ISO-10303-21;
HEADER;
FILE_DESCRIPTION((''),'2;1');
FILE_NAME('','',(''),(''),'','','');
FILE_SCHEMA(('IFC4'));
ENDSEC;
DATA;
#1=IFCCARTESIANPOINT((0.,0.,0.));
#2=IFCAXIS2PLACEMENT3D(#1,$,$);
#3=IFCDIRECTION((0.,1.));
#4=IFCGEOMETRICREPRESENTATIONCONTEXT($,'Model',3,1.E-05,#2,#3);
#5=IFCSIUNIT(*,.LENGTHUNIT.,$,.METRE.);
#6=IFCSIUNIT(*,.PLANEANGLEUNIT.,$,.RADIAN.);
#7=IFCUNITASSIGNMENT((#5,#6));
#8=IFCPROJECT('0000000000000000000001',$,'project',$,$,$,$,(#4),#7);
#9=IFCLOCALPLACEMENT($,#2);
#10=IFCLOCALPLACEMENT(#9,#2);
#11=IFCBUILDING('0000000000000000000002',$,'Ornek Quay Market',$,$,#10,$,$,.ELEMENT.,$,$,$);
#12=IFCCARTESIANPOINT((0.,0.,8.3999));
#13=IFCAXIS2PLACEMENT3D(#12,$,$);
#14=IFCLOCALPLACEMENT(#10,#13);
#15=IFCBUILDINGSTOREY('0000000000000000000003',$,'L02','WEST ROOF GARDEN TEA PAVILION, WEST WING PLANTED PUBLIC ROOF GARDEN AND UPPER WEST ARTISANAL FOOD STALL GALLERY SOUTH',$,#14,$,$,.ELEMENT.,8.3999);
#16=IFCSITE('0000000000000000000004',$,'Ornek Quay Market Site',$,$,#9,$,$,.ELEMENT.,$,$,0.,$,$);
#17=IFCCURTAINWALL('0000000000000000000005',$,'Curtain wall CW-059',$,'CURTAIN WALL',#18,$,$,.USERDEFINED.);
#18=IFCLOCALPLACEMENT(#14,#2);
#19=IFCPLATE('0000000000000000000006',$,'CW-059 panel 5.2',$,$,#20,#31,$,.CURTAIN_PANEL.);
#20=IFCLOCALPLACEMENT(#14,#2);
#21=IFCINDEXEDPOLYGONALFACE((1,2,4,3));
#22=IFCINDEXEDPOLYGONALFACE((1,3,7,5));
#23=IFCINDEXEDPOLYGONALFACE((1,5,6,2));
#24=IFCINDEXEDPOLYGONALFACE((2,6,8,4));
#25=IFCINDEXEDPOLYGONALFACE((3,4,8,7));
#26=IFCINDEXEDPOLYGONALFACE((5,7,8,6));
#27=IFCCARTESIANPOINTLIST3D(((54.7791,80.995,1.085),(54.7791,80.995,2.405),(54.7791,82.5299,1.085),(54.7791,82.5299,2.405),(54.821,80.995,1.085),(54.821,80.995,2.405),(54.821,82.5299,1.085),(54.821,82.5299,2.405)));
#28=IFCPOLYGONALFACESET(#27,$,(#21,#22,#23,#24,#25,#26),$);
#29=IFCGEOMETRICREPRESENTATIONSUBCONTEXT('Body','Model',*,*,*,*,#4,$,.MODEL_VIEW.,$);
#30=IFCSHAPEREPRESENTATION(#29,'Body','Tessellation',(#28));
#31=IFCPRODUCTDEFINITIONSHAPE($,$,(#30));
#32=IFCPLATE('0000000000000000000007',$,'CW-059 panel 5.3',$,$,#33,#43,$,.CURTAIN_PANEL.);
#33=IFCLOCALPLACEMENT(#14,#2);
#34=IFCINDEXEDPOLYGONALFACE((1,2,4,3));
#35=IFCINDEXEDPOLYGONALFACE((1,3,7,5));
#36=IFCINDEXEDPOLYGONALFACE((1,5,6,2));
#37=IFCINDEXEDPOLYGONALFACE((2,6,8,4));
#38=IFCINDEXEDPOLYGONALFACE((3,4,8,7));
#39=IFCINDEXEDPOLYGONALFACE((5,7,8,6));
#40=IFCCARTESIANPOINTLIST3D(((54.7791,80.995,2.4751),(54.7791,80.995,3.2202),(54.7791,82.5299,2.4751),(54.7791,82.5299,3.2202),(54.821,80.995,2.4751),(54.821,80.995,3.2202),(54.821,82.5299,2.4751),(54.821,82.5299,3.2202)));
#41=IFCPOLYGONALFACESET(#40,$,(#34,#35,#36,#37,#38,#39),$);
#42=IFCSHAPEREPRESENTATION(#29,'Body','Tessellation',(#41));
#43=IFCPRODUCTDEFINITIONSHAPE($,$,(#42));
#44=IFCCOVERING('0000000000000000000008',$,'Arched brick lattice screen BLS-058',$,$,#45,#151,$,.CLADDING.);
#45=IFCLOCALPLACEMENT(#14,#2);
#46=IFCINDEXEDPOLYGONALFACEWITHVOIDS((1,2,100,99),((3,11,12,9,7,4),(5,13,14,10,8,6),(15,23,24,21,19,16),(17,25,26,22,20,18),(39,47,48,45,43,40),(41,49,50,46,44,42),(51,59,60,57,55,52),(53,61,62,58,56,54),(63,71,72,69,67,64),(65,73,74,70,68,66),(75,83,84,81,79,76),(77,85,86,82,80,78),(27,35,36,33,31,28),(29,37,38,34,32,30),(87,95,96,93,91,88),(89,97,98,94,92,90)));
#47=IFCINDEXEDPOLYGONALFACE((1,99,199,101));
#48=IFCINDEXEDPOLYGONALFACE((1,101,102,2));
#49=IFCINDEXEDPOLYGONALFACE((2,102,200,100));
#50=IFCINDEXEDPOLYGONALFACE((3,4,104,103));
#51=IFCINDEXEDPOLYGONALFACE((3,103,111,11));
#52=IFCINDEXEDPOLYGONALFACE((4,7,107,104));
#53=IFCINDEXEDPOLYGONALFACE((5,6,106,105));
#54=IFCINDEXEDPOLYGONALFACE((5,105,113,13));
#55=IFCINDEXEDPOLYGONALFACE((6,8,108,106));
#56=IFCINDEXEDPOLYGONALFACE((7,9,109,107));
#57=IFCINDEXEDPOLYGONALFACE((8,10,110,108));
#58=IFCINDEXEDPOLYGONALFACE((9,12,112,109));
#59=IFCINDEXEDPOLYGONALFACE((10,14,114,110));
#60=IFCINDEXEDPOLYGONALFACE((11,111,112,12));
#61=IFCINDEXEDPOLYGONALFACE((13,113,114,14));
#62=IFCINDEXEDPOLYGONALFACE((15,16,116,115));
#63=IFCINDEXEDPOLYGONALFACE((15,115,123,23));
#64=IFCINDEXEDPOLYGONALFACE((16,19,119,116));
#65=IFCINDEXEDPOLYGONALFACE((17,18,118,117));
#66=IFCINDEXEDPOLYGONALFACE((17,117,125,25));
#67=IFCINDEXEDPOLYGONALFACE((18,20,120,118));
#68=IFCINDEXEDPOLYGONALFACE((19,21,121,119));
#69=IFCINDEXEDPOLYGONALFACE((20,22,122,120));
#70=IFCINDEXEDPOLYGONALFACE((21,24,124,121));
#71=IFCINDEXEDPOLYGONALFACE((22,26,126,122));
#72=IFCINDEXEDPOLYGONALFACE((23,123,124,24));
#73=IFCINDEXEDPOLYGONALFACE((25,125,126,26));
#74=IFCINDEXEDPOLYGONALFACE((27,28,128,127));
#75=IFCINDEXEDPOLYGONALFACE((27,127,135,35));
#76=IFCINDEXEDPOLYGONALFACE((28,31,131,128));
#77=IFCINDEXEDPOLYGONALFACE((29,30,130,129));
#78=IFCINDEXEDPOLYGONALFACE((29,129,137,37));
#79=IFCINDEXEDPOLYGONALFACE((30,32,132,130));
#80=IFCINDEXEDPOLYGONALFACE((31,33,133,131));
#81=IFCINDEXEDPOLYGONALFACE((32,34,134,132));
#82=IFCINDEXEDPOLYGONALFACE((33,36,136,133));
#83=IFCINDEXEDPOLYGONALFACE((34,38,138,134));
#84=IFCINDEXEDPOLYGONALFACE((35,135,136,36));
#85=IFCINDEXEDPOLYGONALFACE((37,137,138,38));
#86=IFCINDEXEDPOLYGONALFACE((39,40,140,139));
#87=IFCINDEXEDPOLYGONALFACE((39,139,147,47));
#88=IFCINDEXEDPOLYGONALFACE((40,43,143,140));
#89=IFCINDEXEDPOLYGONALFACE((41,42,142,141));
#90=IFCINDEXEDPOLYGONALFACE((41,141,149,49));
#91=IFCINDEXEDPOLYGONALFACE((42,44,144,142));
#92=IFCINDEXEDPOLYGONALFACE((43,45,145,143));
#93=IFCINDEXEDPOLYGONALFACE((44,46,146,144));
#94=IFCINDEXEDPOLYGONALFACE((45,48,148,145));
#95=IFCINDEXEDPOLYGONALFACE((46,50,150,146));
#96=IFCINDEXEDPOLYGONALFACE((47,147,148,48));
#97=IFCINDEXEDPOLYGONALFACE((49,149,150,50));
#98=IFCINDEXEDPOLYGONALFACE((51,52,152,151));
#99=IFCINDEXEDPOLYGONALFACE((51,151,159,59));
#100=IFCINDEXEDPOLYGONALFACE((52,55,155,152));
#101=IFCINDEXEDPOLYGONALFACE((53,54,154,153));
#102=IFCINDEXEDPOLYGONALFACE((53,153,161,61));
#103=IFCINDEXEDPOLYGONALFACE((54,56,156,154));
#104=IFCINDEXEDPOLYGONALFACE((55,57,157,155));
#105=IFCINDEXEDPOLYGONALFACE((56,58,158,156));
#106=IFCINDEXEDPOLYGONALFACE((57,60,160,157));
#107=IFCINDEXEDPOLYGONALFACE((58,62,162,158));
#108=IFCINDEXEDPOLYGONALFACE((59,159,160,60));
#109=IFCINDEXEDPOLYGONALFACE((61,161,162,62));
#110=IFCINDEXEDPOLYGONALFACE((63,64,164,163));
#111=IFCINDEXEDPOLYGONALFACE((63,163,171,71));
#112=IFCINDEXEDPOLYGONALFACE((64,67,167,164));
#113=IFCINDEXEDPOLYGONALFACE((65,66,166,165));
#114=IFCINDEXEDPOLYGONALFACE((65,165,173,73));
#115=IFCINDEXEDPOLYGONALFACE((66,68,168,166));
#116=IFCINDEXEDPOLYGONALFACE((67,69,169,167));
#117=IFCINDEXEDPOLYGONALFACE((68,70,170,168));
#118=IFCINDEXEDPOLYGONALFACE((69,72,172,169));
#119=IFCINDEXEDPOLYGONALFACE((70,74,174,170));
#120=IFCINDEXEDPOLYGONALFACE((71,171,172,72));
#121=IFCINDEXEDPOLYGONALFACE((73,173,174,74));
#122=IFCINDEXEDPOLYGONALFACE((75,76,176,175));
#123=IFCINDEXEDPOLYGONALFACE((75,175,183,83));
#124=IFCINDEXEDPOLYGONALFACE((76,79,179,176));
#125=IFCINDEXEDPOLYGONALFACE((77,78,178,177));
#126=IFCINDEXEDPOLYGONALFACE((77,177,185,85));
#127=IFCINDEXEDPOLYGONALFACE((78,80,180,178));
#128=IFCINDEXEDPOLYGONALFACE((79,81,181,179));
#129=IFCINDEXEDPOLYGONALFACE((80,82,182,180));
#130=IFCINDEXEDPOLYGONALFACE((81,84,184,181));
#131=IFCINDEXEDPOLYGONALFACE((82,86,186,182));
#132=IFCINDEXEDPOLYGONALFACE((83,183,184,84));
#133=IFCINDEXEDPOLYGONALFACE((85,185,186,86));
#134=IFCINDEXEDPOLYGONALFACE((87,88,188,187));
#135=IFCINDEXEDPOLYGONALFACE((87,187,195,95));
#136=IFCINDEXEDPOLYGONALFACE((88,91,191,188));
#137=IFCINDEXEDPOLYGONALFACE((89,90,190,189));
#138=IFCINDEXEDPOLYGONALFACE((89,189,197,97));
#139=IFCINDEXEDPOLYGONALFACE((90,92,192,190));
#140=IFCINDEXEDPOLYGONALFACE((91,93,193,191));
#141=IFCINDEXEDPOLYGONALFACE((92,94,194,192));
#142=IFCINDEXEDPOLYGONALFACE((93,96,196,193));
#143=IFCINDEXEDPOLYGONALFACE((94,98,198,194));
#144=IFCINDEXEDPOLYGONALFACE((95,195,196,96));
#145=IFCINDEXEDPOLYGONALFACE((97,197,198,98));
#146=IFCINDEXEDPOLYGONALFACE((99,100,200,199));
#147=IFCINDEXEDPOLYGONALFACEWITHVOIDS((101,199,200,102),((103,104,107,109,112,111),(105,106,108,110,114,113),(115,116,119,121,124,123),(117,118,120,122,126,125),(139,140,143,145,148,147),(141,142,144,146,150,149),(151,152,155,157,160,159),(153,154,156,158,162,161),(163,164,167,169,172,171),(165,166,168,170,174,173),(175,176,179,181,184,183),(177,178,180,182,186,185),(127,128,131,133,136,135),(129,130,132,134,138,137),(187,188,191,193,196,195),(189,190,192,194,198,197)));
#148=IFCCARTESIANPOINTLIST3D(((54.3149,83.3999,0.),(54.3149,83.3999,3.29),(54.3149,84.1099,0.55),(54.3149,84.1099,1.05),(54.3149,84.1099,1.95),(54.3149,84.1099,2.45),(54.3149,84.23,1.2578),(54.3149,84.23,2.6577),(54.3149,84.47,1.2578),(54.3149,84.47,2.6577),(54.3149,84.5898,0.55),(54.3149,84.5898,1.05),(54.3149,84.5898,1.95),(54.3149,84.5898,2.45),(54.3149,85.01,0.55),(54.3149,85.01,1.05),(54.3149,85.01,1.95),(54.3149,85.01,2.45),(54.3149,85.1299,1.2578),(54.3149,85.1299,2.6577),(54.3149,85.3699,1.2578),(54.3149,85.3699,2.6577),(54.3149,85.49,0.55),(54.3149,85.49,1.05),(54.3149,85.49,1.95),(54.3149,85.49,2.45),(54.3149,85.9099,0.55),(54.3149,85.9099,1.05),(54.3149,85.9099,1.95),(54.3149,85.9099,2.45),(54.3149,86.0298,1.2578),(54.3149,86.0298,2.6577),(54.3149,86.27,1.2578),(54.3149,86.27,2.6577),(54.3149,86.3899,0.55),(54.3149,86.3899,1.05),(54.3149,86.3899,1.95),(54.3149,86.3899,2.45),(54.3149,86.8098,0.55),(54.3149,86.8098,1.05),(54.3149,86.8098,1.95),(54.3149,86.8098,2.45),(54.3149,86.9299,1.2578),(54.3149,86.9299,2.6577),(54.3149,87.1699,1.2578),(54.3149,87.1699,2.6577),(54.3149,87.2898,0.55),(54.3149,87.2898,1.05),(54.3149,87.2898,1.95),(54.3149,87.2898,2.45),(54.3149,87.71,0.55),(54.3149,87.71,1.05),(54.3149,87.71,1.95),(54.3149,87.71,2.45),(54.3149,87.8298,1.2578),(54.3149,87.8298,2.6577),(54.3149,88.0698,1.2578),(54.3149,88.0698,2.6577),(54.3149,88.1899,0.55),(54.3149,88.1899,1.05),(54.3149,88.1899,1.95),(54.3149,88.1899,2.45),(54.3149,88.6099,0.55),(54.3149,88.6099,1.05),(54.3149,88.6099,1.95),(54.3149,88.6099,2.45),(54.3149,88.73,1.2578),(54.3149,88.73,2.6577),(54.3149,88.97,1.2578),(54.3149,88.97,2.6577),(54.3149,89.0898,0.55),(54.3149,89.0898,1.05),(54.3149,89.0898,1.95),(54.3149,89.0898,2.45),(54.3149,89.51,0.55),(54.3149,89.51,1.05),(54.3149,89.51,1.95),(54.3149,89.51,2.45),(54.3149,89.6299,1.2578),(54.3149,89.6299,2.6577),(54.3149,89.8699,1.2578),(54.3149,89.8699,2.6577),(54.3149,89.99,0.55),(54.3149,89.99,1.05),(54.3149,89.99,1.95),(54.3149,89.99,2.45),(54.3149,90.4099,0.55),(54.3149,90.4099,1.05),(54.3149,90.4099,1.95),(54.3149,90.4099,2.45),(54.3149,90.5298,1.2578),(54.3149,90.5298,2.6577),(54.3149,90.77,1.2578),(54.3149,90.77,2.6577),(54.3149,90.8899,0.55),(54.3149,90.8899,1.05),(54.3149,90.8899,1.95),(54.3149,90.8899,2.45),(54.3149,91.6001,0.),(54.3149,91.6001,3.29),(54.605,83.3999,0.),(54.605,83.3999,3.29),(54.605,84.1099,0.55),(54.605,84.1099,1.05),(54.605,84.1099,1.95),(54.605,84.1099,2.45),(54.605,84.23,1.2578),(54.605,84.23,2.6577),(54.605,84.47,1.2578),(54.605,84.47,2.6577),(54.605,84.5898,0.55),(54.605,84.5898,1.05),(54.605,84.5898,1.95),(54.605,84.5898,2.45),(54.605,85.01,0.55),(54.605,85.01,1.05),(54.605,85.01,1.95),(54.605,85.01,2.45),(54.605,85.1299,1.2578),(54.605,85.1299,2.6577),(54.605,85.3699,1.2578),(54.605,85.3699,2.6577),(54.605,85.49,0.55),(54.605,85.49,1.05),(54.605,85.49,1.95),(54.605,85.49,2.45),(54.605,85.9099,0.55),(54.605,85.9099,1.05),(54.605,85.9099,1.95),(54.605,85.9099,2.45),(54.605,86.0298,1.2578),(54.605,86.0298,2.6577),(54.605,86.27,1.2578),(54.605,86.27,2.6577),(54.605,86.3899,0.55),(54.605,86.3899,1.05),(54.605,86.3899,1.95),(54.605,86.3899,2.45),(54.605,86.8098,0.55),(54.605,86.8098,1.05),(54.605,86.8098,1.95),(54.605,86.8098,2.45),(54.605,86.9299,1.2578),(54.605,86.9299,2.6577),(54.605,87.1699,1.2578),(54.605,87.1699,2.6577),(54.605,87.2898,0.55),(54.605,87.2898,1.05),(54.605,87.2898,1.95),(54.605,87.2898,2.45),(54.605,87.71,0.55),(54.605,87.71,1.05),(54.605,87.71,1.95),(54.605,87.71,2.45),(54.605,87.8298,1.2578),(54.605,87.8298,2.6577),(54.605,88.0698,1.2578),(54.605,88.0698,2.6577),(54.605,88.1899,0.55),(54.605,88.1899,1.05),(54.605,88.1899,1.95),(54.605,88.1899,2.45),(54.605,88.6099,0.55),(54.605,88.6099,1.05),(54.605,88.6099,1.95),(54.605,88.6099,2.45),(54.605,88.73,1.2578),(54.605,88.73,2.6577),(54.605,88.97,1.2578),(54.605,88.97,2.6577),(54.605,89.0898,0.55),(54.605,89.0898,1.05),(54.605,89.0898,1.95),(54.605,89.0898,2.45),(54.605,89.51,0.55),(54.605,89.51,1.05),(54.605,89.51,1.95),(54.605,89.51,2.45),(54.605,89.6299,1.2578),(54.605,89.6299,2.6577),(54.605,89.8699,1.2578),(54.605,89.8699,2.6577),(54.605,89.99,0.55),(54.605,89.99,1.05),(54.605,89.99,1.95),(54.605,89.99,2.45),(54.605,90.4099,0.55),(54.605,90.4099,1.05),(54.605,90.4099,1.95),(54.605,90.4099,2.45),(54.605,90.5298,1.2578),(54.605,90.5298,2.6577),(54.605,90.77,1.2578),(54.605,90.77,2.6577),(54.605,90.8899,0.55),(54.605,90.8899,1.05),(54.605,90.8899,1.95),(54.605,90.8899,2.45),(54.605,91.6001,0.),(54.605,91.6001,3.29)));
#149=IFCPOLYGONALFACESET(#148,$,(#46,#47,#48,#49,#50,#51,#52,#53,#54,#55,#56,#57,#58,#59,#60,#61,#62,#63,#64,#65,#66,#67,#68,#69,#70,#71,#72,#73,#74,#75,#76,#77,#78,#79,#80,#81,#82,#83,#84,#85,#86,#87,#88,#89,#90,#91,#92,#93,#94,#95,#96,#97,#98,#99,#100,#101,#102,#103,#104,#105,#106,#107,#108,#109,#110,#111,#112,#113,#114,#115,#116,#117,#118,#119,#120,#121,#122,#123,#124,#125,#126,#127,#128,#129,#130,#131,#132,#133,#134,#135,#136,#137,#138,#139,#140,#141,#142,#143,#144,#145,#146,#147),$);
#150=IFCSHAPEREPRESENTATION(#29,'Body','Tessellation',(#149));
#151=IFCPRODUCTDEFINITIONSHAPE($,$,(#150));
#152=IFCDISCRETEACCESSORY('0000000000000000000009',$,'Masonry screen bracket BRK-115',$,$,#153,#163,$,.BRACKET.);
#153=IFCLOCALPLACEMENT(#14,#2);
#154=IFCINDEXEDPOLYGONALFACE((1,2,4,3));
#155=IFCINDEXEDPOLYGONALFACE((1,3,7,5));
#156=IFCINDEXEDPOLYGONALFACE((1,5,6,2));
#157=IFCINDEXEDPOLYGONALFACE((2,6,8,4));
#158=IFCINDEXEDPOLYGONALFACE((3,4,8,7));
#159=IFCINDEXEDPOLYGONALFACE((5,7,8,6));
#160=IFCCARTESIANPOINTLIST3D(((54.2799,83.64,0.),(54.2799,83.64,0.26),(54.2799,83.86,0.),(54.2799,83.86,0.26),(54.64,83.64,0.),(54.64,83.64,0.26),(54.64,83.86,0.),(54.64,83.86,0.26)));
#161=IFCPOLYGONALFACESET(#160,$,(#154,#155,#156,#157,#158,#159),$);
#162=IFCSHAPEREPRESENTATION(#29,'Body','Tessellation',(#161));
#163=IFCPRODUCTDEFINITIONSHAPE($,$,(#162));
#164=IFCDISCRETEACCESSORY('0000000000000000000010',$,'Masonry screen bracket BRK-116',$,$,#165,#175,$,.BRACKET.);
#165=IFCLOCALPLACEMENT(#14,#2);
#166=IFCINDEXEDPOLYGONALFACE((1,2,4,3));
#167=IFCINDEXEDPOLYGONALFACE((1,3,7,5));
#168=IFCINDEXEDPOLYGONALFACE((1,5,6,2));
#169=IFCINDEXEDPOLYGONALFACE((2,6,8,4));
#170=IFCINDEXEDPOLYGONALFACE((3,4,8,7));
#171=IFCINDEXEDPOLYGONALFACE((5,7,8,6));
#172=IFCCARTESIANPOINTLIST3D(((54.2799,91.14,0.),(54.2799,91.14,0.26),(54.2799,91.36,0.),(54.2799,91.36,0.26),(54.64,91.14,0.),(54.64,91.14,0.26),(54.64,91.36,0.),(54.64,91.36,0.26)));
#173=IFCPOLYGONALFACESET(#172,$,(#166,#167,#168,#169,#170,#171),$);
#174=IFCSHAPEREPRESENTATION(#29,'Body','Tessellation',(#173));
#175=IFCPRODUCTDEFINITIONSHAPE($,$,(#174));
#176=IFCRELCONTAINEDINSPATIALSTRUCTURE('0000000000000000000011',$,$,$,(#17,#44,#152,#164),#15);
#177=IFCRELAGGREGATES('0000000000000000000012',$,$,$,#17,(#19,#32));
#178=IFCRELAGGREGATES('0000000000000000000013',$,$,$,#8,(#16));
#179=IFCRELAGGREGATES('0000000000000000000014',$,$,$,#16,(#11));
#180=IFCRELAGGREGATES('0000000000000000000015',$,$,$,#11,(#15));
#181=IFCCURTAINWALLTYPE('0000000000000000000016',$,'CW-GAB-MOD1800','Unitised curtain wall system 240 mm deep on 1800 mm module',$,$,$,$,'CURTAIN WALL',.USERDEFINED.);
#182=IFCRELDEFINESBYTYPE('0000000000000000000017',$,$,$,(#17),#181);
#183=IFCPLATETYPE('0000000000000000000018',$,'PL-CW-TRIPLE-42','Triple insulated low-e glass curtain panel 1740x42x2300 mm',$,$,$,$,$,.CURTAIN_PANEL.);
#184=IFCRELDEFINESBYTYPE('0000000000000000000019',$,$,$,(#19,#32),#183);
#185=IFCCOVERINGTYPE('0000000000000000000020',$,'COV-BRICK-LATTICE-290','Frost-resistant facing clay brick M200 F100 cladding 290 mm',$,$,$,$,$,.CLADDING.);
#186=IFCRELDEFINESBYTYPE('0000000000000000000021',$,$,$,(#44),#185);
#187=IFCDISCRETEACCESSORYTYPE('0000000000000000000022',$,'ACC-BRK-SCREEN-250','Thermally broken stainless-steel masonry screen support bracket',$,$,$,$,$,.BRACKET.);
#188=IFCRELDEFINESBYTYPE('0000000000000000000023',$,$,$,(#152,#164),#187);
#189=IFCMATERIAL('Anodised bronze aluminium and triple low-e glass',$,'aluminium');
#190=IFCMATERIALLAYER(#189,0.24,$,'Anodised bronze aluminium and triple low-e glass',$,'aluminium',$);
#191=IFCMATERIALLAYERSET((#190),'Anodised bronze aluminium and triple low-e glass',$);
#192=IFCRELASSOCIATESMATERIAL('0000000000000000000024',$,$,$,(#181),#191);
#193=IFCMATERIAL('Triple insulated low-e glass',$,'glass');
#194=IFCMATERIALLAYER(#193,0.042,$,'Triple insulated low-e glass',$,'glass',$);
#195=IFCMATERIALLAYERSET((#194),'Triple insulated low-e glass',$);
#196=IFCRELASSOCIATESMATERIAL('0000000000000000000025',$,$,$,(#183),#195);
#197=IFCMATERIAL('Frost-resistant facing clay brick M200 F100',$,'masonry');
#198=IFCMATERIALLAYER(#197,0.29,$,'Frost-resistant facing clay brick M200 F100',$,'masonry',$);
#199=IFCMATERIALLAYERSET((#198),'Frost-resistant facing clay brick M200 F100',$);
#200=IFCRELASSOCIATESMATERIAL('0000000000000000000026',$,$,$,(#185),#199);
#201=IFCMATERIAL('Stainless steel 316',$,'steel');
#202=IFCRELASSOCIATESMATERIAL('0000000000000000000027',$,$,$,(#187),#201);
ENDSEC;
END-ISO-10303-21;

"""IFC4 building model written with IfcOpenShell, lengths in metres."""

from ifc_helpers import new_model, si_unit, direction, frame, origin, origin_2d, place, context, subcontext, project, spatial, polyline, rectangle, outline, extrude, material, layer, layer_set, type_object, element, aggregate, save


model = new_model("IFC4")

# Units and contexts
model_context = context("Model", 3, precision=1e-05, world=origin(), true_north=direction((0.0, 1.0)))
body_context = subcontext(model_context, "Body", "Model", "MODEL_VIEW")
ifc_project = project(units=[si_unit("LENGTHUNIT", "METRE"), si_unit("PLANEANGLEUNIT", "RADIAN")], contexts=[model_context])

# Site, building, storey
site_placement = place(None, origin())
site = spatial("IfcSite", under=ifc_project, at=site_placement, Name="Ornek Quay Market Site", CompositionType="ELEMENT", RefElevation=0.0)
building_placement = place(site_placement, origin())
building = spatial("IfcBuilding", under=site, at=building_placement, Name="Ornek Quay Market", CompositionType="ELEMENT")
storey_placement = place(building_placement, frame((0.0, 0.0, 8.3999)))
storey = spatial("IfcBuildingStorey", under=building, at=storey_placement, Name="L02", Description="WEST ROOF GARDEN TEA PAVILION, WEST WING PLANTED PUBLIC ROOF GARDEN AND UPPER WEST ARTISANAL FOOD STALL GALLERY SOUTH", CompositionType="ELEMENT", Elevation=8.3999)

# Curtain wall, plates
ifc_material_1 = material(Name="Anodised bronze aluminium and triple low-e glass", Category="aluminium")
ifc_layer_1 = layer(ifc_material_1, 0.24, Name="Anodised bronze aluminium and triple low-e glass", Category="aluminium")
ifc_layer_set_1 = layer_set([ifc_layer_1], Name="Anodised bronze aluminium and triple low-e glass")
curtain_wall_type = type_object("IfcCurtainWallType", Name="CW-GAB-MOD1800", Description="Unitised curtain wall system 240 mm deep on 1800 mm module", ElementType="CURTAIN WALL", PredefinedType="USERDEFINED", material=ifc_layer_set_1)
curtain_wall_placement = place(storey_placement, origin())
curtain_wall = element("IfcCurtainWall", 1, at=curtain_wall_placement, inside=storey, type_object=curtain_wall_type, Name="Curtain wall CW-059", ObjectType="CURTAIN WALL", PredefinedType="USERDEFINED")
ifc_material_2 = material(Name="Triple insulated low-e glass", Category="glass")
ifc_layer_2 = layer(ifc_material_2, 0.042, Name="Triple insulated low-e glass", Category="glass")
ifc_layer_set_2 = layer_set([ifc_layer_2], Name="Triple insulated low-e glass")
plate_type = type_object("IfcPlateType", Name="PL-CW-TRIPLE-42", Description="Triple insulated low-e glass curtain panel 1740x42x2300 mm", PredefinedType="CURTAIN_PANEL", material=ifc_layer_set_2)
plate_1_placement = place(storey_placement, frame((54.8, 81.7625, 1.085), z_axis=(0.0, 0.0, 1.0), x_axis=(0.0, 1.0, 0.0)))
plate_1 = element("IfcPlate", 2, at=plate_1_placement, type_object=plate_type, Name="CW-059 panel 5.2", PredefinedType="CURTAIN_PANEL", context=body_context, shape_type="SweptSolid", body=[
    extrude(rectangle(XDim=1.5349, YDim=0.042, at=origin_2d()), origin(), (0.0, 0.0, 1.0), 1.3201),
])
plate_2_placement = place(storey_placement, frame((54.8, 81.7625, 2.4751), z_axis=(0.0, 0.0, 1.0), x_axis=(0.0, 1.0, 0.0)))
plate_2 = element("IfcPlate", 3, at=plate_2_placement, type_object=plate_type, Name="CW-059 panel 5.3", PredefinedType="CURTAIN_PANEL", context=body_context, shape_type="SweptSolid", body=[
    extrude(rectangle(XDim=1.5349, YDim=0.042, at=origin_2d()), origin(), (0.0, 0.0, 1.0), 0.7451),
])
aggregate(curtain_wall, [plate_1, plate_2])

# Covering
ifc_material_3 = material(Name="Frost-resistant facing clay brick M200 F100", Category="masonry")
ifc_layer_3 = layer(ifc_material_3, 0.29, Name="Frost-resistant facing clay brick M200 F100", Category="masonry")
ifc_layer_set_3 = layer_set([ifc_layer_3], Name="Frost-resistant facing clay brick M200 F100")
covering_type = type_object("IfcCoveringType", Name="COV-BRICK-LATTICE-290", Description="Frost-resistant facing clay brick M200 F100 cladding 290 mm", PredefinedType="CLADDING", material=ifc_layer_set_3)
covering_placement = place(storey_placement, frame((54.46, 83.3999, 0.0), z_axis=(0.0, 0.0, 1.0), x_axis=(0.0, 1.0, 0.0)))
element("IfcCovering", 4, at=covering_placement, inside=storey, type_object=covering_type, Name="Arched brick lattice screen BLS-058", PredefinedType="CLADDING", context=body_context, shape_type="SweptSolid", body=[
    extrude(outline(polyline([(0.0, 0.0), (8.2002, 0.0), (8.2002, 3.29), (0.0, 3.29), (0.0, 0.0)]), holes=[polyline([(0.71, 0.55), (1.1899, 0.55), (1.1899, 1.05), (1.0701, 1.2578), (0.8301, 1.2578), (0.71, 1.05), (0.71, 0.55)]), polyline([(0.71, 1.95), (1.1899, 1.95), (1.1899, 2.45), (1.0701, 2.6577), (0.8301, 2.6577), (0.71, 2.45), (0.71, 1.95)]), polyline([(1.6101, 0.55), (2.0901, 0.55), (2.0901, 1.05), (1.97, 1.2578), (1.73, 1.2578), (1.6101, 1.05), (1.6101, 0.55)]), polyline([(1.6101, 1.95), (2.0901, 1.95), (2.0901, 2.45), (1.97, 2.6577), (1.73, 2.6577), (1.6101, 2.45), (1.6101, 1.95)]), polyline([(2.51, 0.55), (2.99, 0.55), (2.99, 1.05), (2.8701, 1.2578), (2.6299, 1.2578), (2.51, 1.05), (2.51, 0.55)]), polyline([(2.51, 1.95), (2.99, 1.95), (2.99, 2.45), (2.8701, 2.6577), (2.6299, 2.6577), (2.51, 2.45), (2.51, 1.95)]), polyline([(3.4099, 0.55), (3.8899, 0.55), (3.8899, 1.05), (3.77, 1.2578), (3.53, 1.2578), (3.4099, 1.05), (3.4099, 0.55)]), polyline([(3.4099, 1.95), (3.8899, 1.95), (3.8899, 2.45), (3.77, 2.6577), (3.53, 2.6577), (3.4099, 2.45), (3.4099, 1.95)]), polyline([(4.3101, 0.55), (4.79, 0.55), (4.79, 1.05), (4.6699, 1.2578), (4.4299, 1.2578), (4.3101, 1.05), (4.3101, 0.55)]), polyline([(4.3101, 1.95), (4.79, 1.95), (4.79, 2.45), (4.6699, 2.6577), (4.4299, 2.6577), (4.3101, 2.45), (4.3101, 1.95)]), polyline([(5.21, 0.55), (5.6899, 0.55), (5.6899, 1.05), (5.5701, 1.2578), (5.3301, 1.2578), (5.21, 1.05), (5.21, 0.55)]), polyline([(5.21, 1.95), (5.6899, 1.95), (5.6899, 2.45), (5.5701, 2.6577), (5.3301, 2.6577), (5.21, 2.45), (5.21, 1.95)]), polyline([(6.1101, 0.55), (6.5901, 0.55), (6.5901, 1.05), (6.47, 1.2578), (6.23, 1.2578), (6.1101, 1.05), (6.1101, 0.55)]), polyline([(6.1101, 1.95), (6.5901, 1.95), (6.5901, 2.45), (6.47, 2.6577), (6.23, 2.6577), (6.1101, 2.45), (6.1101, 1.95)]), polyline([(7.01, 0.55), (7.49, 0.55), (7.49, 1.05), (7.3701, 1.2578), (7.1299, 1.2578), (7.01, 1.05), (7.01, 0.55)]), polyline([(7.01, 1.95), (7.49, 1.95), (7.49, 2.45), (7.3701, 2.6577), (7.1299, 2.6577), (7.01, 2.45), (7.01, 1.95)])]), frame((0.0, 0.145, 0.0), z_axis=(0.0, -1.0, 0.0), x_axis=(1.0, 0.0, 0.0)), (0.0, 0.0, 1.0), 0.29),
])

# Discrete accessories
ifc_material_4 = material(Name="Stainless steel 316", Category="steel")
discrete_accessory_type = type_object("IfcDiscreteAccessoryType", Name="ACC-BRK-SCREEN-250", Description="Thermally broken stainless-steel masonry screen support bracket", PredefinedType="BRACKET", material=ifc_material_4)
for number, where, z_axis, x_axis, name in (
    (5, (54.46, 83.75, 0.0), (0.0, 0.0, 1.0), (0.0, 1.0, 0.0), "Masonry screen bracket BRK-115"),
    (6, (54.46, 91.25, 0.0), (0.0, 0.0, 1.0), (0.0, 1.0, 0.0), "Masonry screen bracket BRK-116"),
):
    element("IfcDiscreteAccessory", number, at=place(storey_placement, frame(where, z_axis=z_axis, x_axis=x_axis)), inside=storey, type_object=discrete_accessory_type, Name=name, PredefinedType="BRACKET", context=body_context, shape_type="SweptSolid", body=[
        extrude(rectangle(XDim=0.22, YDim=0.3601, at=origin_2d()), origin(), (0.0, 0.0, 1.0), 0.26),
    ])

save(model, "model.ifc")
